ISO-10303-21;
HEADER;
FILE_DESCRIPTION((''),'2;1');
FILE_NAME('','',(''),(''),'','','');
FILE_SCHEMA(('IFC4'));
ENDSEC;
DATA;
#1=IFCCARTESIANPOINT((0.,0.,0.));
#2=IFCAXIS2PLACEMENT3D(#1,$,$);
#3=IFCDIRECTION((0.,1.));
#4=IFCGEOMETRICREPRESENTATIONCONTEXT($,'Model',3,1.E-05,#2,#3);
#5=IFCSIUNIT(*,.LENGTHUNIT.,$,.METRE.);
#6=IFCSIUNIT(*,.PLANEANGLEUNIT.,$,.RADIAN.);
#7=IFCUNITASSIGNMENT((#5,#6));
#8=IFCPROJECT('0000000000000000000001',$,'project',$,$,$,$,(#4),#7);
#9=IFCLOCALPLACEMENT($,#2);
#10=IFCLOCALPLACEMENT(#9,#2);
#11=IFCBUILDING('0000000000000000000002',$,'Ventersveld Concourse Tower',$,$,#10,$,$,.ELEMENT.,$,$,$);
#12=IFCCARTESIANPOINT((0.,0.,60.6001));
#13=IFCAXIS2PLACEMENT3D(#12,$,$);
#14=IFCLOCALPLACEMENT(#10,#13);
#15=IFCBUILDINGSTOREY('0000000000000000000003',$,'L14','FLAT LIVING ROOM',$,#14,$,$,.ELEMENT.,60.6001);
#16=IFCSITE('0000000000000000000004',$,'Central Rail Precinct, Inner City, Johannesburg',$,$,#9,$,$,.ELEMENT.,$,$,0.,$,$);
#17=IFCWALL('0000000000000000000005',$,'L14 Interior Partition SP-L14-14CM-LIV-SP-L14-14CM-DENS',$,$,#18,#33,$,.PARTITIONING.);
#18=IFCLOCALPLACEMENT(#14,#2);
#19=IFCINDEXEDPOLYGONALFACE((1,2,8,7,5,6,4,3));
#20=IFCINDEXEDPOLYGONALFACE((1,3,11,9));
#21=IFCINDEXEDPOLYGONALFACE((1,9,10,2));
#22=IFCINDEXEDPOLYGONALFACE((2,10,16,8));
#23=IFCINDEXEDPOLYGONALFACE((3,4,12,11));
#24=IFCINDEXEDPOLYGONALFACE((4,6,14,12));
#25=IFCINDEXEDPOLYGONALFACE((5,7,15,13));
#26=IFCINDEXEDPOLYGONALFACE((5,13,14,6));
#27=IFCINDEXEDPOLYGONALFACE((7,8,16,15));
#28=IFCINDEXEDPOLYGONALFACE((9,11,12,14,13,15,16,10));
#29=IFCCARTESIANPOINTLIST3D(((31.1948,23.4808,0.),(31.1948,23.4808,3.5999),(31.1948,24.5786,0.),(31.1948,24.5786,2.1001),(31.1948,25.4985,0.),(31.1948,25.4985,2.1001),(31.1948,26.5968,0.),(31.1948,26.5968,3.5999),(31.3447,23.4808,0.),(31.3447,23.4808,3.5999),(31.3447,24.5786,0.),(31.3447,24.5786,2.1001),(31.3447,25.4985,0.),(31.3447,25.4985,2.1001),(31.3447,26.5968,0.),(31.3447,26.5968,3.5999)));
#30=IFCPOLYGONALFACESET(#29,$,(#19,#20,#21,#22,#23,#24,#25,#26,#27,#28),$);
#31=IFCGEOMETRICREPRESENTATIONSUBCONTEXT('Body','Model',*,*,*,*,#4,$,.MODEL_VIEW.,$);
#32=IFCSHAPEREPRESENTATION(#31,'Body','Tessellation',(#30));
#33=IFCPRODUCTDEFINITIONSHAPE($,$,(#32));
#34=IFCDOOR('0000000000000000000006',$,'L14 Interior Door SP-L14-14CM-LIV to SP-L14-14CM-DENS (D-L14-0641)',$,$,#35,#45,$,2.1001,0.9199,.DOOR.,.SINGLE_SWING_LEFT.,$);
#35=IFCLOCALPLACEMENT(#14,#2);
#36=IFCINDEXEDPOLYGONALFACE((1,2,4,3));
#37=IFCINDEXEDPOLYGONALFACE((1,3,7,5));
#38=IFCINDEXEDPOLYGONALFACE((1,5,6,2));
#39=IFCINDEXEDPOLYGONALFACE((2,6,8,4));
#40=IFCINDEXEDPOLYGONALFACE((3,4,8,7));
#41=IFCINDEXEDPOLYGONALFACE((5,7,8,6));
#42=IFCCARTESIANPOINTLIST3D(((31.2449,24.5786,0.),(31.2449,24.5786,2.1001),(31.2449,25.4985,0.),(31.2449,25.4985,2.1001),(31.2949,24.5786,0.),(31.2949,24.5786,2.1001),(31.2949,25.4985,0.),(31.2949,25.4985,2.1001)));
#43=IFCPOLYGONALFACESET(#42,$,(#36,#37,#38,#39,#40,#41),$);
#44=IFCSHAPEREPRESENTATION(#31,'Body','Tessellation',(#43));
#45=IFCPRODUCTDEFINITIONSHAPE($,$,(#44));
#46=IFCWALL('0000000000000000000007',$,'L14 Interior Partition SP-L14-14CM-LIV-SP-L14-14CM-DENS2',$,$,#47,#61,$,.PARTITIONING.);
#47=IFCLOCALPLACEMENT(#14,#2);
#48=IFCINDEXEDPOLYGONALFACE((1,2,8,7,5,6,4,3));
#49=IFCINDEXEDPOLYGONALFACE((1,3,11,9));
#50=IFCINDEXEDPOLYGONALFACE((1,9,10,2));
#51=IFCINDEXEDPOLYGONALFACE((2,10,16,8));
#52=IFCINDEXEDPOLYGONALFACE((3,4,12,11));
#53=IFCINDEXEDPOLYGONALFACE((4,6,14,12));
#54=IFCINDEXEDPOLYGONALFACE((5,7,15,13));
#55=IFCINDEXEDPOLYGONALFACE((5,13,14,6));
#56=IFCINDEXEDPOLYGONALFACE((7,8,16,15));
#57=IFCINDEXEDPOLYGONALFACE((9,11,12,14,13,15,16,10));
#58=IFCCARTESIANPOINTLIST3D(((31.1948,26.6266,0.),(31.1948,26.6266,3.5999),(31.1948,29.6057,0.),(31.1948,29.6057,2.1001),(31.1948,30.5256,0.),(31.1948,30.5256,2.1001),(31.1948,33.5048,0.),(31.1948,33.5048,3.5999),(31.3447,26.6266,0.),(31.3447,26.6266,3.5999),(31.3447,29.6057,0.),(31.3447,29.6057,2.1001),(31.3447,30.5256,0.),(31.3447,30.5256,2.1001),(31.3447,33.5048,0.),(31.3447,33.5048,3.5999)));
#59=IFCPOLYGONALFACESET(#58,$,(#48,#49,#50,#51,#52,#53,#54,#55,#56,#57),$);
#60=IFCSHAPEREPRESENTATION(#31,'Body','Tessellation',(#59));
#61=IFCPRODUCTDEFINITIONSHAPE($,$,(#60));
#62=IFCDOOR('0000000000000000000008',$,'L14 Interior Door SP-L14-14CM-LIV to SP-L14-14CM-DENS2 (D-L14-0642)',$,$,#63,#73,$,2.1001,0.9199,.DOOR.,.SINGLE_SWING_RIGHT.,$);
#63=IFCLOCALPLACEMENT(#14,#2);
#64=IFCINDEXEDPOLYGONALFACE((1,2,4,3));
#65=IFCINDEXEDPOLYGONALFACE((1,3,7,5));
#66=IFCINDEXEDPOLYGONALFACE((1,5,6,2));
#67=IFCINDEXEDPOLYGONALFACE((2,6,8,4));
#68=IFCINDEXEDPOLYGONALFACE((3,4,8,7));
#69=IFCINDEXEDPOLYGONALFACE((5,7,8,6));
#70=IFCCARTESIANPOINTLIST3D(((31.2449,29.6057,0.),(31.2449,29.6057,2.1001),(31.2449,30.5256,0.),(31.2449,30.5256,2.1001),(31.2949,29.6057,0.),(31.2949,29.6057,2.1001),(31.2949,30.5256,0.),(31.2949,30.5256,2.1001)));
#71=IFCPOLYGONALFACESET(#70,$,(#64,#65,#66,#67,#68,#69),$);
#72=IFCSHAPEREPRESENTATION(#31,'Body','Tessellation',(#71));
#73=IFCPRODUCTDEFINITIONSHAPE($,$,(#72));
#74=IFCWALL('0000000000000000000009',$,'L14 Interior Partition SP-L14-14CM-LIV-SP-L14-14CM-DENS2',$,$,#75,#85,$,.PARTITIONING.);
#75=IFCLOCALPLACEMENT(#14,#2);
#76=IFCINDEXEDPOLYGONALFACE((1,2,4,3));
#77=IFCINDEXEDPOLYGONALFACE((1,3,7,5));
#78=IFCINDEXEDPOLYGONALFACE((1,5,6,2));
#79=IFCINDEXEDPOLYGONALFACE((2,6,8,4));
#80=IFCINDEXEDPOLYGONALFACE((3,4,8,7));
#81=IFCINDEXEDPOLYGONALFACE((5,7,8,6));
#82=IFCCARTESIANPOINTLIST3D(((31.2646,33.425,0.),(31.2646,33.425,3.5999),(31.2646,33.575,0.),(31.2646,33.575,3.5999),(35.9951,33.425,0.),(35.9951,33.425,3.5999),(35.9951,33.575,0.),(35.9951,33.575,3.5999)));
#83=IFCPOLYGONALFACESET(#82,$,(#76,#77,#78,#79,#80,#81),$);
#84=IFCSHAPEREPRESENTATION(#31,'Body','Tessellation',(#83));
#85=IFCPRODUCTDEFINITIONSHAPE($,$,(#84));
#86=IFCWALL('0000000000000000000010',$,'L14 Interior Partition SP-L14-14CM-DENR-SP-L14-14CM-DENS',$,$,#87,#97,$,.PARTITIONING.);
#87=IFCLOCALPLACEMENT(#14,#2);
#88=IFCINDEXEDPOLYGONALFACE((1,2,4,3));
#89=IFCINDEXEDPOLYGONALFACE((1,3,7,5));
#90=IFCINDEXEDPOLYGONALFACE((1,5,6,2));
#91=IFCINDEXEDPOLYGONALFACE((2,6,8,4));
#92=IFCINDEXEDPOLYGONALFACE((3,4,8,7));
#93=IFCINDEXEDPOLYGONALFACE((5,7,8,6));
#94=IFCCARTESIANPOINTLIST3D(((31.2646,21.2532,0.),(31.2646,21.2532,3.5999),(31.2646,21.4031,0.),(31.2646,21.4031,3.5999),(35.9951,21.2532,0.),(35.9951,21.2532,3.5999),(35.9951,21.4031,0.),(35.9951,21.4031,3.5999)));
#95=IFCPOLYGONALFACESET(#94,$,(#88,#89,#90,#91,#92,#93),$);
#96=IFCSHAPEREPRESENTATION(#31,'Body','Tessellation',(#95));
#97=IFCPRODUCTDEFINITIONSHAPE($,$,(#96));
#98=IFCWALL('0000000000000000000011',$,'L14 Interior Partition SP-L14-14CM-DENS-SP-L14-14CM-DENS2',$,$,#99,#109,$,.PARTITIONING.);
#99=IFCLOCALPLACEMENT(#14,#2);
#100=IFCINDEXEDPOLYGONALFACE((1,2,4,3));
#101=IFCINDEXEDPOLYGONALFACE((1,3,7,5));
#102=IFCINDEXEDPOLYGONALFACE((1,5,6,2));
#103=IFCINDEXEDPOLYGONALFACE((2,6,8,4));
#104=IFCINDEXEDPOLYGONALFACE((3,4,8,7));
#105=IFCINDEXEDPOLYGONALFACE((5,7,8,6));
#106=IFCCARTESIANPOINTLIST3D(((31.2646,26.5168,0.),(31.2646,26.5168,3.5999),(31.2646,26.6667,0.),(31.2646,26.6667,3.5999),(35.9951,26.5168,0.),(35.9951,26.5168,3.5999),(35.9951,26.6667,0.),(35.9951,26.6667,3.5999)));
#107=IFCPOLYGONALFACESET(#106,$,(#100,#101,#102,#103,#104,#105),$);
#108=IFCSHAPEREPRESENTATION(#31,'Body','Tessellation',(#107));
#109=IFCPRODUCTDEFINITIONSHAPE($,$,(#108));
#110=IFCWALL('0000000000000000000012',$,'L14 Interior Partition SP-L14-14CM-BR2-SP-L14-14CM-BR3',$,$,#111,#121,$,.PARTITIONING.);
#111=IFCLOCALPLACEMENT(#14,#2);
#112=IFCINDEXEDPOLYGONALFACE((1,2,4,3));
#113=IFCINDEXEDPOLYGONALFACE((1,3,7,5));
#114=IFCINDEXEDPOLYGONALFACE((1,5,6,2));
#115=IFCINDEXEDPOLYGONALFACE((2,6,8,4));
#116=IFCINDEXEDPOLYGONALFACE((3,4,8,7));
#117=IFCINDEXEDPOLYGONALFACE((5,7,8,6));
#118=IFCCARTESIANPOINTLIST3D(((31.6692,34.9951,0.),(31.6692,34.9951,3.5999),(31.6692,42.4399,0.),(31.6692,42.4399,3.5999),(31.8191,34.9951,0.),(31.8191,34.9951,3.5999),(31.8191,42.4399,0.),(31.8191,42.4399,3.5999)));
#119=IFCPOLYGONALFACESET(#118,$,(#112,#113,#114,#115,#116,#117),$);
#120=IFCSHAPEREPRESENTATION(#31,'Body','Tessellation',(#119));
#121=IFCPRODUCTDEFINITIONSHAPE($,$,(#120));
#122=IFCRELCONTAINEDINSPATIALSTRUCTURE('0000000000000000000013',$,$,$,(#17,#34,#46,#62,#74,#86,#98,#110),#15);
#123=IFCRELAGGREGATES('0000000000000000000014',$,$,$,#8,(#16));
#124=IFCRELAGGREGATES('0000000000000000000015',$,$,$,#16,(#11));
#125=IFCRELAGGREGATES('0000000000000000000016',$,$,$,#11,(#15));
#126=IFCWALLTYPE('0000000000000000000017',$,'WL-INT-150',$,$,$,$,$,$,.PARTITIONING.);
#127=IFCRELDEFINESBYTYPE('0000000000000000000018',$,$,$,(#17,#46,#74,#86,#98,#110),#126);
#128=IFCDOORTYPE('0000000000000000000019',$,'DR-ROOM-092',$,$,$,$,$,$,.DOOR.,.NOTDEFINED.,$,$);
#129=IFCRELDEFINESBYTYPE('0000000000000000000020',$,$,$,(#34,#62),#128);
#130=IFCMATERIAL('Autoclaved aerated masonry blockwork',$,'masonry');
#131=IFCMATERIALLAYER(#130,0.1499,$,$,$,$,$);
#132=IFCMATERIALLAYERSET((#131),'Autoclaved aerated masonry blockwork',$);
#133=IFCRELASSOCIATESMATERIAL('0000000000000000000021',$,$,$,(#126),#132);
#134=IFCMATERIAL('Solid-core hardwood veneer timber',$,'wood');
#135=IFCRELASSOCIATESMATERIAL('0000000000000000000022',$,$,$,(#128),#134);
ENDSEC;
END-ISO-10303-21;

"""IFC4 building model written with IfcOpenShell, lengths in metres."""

from ifc_helpers import new_model, si_unit, direction, frame, frame_2d, origin, place, context, subcontext, project, spatial, rectangle, extrude, material, layer, layer_set, type_object, element, fill, save


model = new_model("IFC4")

# Units and contexts
model_context = context("Model", 3, precision=1e-05, world=origin(), true_north=direction((0.0, 1.0)))
body_context = subcontext(model_context, "Body", "Model", "MODEL_VIEW")
ifc_project = project(units=[si_unit("LENGTHUNIT", "METRE"), si_unit("PLANEANGLEUNIT", "RADIAN")], contexts=[model_context])

# Site, building, storey
site_placement = place(None, origin())
site = spatial("IfcSite", under=ifc_project, at=site_placement, Name="Central Rail Precinct, Inner City, Johannesburg", CompositionType="ELEMENT", RefElevation=0.0)
building_placement = place(site_placement, origin())
building = spatial("IfcBuilding", under=site, at=building_placement, Name="Ventersveld Concourse Tower", CompositionType="ELEMENT")
storey_placement = place(building_placement, frame((0.0, 0.0, 60.6001)))
storey = spatial("IfcBuildingStorey", under=building, at=storey_placement, Name="L14", Description="FLAT LIVING ROOM", CompositionType="ELEMENT", Elevation=60.6001)

# Walls, openings, doors
ifc_material_1 = material(Name="Autoclaved aerated masonry blockwork", Category="masonry")
ifc_layer_1 = layer(ifc_material_1, 0.1499)
ifc_layer_set_1 = layer_set([ifc_layer_1], Name="Autoclaved aerated masonry blockwork")
wall_type_1 = type_object("IfcWallType", Name="WL-INT-150", PredefinedType="PARTITIONING", material=ifc_layer_set_1)
ifc_material_2 = material(Name="Solid-core hardwood veneer timber", Category="wood")
door_type = type_object("IfcDoorType", Name="DR-ROOM-092", OperationType="NOTDEFINED", PredefinedType="DOOR", material=ifc_material_2)
wall_1_placement = place(storey_placement, frame((31.2698, 23.4807, 0.0), z_axis=(0.0, 0.0, 1.0), x_axis=(0.0, 1.0, 0.0)))
wall_1 = element("IfcWall", 1, at=wall_1_placement, inside=storey, type_object=wall_type_1, Name="L14 Interior Partition SP-L14-14CM-LIV-SP-L14-14CM-DENS", PredefinedType="PARTITIONING", context=body_context, shape_type="SweptSolid", body=[
    extrude(rectangle(XDim=3.116, YDim=0.1499, at=frame_2d((1.5581, 0.0))), origin(), (0.0, 0.0, 1.0), 3.5999),
])
opening_1_placement = place(wall_1_placement, frame((1.0979, 0.0, 0.0)))
opening_1 = element("IfcOpeningElement", 2, at=opening_1_placement, cuts=wall_1, PredefinedType="OPENING", context=body_context, shape_type="SweptSolid", body=[
    extrude(rectangle(XDim=0.9199, YDim=2.1001, at=frame_2d((0.46, 1.05))), frame((0.0, 0.085, 0.0), z_axis=(0.0, -1.0, 0.0), x_axis=(1.0, 0.0, 0.0)), (0.0, 0.0, 1.0), 0.1699),
])
door_1_placement = place(opening_1_placement, origin())
door_1 = element("IfcDoor", 3, at=door_1_placement, inside=storey, type_object=door_type, Name="L14 Interior Door SP-L14-14CM-LIV to SP-L14-14CM-DENS (D-L14-0641)", OperationType="SINGLE_SWING_LEFT", OverallHeight=2.1001, OverallWidth=0.9199, PredefinedType="DOOR", context=body_context, shape_type="SweptSolid", body=[
    extrude(rectangle(XDim=0.9199, YDim=2.1001, at=frame_2d((0.46, 1.05))), frame((0.0, 0.0249, 0.0), z_axis=(0.0, -1.0, 0.0), x_axis=(1.0, 0.0, 0.0)), (0.0, 0.0, 1.0), 0.05),
])
fill(opening_1, door_1)
wall_2_placement = place(storey_placement, frame((31.2698, 26.6267, 0.0), z_axis=(0.0, 0.0, 1.0), x_axis=(0.0, 1.0, 0.0)))
wall_2 = element("IfcWall", 4, at=wall_2_placement, inside=storey, type_object=wall_type_1, Name="L14 Interior Partition SP-L14-14CM-LIV-SP-L14-14CM-DENS2", PredefinedType="PARTITIONING", context=body_context, shape_type="SweptSolid", body=[
    extrude(rectangle(XDim=6.8782, YDim=0.1499, at=frame_2d((3.439, 0.0))), origin(), (0.0, 0.0, 1.0), 3.5999),
])
opening_2_placement = place(wall_2_placement, frame((2.979, 0.0, 0.0)))
opening_2 = element("IfcOpeningElement", 5, at=opening_2_placement, cuts=wall_2, PredefinedType="OPENING", context=body_context, shape_type="SweptSolid", body=[
    extrude(rectangle(XDim=0.9199, YDim=2.1001, at=frame_2d((0.46, 1.05))), frame((0.0, 0.085, 0.0), z_axis=(0.0, -1.0, 0.0), x_axis=(1.0, 0.0, 0.0)), (0.0, 0.0, 1.0), 0.1699),
])
door_2_placement = place(opening_2_placement, origin())
door_2 = element("IfcDoor", 6, at=door_2_placement, inside=storey, type_object=door_type, Name="L14 Interior Door SP-L14-14CM-LIV to SP-L14-14CM-DENS2 (D-L14-0642)", OperationType="SINGLE_SWING_RIGHT", OverallHeight=2.1001, OverallWidth=0.9199, PredefinedType="DOOR", context=body_context, shape_type="SweptSolid", body=[
    extrude(rectangle(XDim=0.9199, YDim=2.1001, at=frame_2d((0.46, 1.05))), frame((0.0, 0.0249, 0.0), z_axis=(0.0, -1.0, 0.0), x_axis=(1.0, 0.0, 0.0)), (0.0, 0.0, 1.0), 0.05),
])
fill(opening_2, door_2)

# Walls
for number, where, z_axis, x_axis, name in (
    (7, (31.2646, 33.5, 0.0), (0.0, 0.0, 1.0), (1.0, 0.0, 0.0), "L14 Interior Partition SP-L14-14CM-LIV-SP-L14-14CM-DENS2"),
    (8, (31.2646, 21.3281, 0.0), (0.0, 0.0, 1.0), (1.0, 0.0, 0.0), "L14 Interior Partition SP-L14-14CM-DENR-SP-L14-14CM-DENS"),
    (9, (31.2646, 26.5918, 0.0), (0.0, 0.0, 1.0), (1.0, 0.0, 0.0), "L14 Interior Partition SP-L14-14CM-DENS-SP-L14-14CM-DENS2"),
):
    element("IfcWall", number, at=place(storey_placement, frame(where, z_axis=z_axis, x_axis=x_axis)), inside=storey, type_object=wall_type_1, Name=name, PredefinedType="PARTITIONING", context=body_context, shape_type="SweptSolid", body=[
        extrude(rectangle(XDim=4.7305, YDim=0.1499, at=frame_2d((2.3652, 0.0))), origin(), (0.0, 0.0, 1.0), 3.5999),
    ])
wall_3_placement = place(storey_placement, frame((31.7441, 34.9951, 0.0), z_axis=(0.0, 0.0, 1.0), x_axis=(0.0, 1.0, 0.0)))
element("IfcWall", 10, at=wall_3_placement, inside=storey, type_object=wall_type_1, Name="L14 Interior Partition SP-L14-14CM-BR2-SP-L14-14CM-BR3", PredefinedType="PARTITIONING", context=body_context, shape_type="SweptSolid", body=[
    extrude(rectangle(XDim=7.4448, YDim=0.1499, at=frame_2d((3.7224, 0.0))), origin(), (0.0, 0.0, 1.0), 3.5999),
])

save(model, "model.ifc")
